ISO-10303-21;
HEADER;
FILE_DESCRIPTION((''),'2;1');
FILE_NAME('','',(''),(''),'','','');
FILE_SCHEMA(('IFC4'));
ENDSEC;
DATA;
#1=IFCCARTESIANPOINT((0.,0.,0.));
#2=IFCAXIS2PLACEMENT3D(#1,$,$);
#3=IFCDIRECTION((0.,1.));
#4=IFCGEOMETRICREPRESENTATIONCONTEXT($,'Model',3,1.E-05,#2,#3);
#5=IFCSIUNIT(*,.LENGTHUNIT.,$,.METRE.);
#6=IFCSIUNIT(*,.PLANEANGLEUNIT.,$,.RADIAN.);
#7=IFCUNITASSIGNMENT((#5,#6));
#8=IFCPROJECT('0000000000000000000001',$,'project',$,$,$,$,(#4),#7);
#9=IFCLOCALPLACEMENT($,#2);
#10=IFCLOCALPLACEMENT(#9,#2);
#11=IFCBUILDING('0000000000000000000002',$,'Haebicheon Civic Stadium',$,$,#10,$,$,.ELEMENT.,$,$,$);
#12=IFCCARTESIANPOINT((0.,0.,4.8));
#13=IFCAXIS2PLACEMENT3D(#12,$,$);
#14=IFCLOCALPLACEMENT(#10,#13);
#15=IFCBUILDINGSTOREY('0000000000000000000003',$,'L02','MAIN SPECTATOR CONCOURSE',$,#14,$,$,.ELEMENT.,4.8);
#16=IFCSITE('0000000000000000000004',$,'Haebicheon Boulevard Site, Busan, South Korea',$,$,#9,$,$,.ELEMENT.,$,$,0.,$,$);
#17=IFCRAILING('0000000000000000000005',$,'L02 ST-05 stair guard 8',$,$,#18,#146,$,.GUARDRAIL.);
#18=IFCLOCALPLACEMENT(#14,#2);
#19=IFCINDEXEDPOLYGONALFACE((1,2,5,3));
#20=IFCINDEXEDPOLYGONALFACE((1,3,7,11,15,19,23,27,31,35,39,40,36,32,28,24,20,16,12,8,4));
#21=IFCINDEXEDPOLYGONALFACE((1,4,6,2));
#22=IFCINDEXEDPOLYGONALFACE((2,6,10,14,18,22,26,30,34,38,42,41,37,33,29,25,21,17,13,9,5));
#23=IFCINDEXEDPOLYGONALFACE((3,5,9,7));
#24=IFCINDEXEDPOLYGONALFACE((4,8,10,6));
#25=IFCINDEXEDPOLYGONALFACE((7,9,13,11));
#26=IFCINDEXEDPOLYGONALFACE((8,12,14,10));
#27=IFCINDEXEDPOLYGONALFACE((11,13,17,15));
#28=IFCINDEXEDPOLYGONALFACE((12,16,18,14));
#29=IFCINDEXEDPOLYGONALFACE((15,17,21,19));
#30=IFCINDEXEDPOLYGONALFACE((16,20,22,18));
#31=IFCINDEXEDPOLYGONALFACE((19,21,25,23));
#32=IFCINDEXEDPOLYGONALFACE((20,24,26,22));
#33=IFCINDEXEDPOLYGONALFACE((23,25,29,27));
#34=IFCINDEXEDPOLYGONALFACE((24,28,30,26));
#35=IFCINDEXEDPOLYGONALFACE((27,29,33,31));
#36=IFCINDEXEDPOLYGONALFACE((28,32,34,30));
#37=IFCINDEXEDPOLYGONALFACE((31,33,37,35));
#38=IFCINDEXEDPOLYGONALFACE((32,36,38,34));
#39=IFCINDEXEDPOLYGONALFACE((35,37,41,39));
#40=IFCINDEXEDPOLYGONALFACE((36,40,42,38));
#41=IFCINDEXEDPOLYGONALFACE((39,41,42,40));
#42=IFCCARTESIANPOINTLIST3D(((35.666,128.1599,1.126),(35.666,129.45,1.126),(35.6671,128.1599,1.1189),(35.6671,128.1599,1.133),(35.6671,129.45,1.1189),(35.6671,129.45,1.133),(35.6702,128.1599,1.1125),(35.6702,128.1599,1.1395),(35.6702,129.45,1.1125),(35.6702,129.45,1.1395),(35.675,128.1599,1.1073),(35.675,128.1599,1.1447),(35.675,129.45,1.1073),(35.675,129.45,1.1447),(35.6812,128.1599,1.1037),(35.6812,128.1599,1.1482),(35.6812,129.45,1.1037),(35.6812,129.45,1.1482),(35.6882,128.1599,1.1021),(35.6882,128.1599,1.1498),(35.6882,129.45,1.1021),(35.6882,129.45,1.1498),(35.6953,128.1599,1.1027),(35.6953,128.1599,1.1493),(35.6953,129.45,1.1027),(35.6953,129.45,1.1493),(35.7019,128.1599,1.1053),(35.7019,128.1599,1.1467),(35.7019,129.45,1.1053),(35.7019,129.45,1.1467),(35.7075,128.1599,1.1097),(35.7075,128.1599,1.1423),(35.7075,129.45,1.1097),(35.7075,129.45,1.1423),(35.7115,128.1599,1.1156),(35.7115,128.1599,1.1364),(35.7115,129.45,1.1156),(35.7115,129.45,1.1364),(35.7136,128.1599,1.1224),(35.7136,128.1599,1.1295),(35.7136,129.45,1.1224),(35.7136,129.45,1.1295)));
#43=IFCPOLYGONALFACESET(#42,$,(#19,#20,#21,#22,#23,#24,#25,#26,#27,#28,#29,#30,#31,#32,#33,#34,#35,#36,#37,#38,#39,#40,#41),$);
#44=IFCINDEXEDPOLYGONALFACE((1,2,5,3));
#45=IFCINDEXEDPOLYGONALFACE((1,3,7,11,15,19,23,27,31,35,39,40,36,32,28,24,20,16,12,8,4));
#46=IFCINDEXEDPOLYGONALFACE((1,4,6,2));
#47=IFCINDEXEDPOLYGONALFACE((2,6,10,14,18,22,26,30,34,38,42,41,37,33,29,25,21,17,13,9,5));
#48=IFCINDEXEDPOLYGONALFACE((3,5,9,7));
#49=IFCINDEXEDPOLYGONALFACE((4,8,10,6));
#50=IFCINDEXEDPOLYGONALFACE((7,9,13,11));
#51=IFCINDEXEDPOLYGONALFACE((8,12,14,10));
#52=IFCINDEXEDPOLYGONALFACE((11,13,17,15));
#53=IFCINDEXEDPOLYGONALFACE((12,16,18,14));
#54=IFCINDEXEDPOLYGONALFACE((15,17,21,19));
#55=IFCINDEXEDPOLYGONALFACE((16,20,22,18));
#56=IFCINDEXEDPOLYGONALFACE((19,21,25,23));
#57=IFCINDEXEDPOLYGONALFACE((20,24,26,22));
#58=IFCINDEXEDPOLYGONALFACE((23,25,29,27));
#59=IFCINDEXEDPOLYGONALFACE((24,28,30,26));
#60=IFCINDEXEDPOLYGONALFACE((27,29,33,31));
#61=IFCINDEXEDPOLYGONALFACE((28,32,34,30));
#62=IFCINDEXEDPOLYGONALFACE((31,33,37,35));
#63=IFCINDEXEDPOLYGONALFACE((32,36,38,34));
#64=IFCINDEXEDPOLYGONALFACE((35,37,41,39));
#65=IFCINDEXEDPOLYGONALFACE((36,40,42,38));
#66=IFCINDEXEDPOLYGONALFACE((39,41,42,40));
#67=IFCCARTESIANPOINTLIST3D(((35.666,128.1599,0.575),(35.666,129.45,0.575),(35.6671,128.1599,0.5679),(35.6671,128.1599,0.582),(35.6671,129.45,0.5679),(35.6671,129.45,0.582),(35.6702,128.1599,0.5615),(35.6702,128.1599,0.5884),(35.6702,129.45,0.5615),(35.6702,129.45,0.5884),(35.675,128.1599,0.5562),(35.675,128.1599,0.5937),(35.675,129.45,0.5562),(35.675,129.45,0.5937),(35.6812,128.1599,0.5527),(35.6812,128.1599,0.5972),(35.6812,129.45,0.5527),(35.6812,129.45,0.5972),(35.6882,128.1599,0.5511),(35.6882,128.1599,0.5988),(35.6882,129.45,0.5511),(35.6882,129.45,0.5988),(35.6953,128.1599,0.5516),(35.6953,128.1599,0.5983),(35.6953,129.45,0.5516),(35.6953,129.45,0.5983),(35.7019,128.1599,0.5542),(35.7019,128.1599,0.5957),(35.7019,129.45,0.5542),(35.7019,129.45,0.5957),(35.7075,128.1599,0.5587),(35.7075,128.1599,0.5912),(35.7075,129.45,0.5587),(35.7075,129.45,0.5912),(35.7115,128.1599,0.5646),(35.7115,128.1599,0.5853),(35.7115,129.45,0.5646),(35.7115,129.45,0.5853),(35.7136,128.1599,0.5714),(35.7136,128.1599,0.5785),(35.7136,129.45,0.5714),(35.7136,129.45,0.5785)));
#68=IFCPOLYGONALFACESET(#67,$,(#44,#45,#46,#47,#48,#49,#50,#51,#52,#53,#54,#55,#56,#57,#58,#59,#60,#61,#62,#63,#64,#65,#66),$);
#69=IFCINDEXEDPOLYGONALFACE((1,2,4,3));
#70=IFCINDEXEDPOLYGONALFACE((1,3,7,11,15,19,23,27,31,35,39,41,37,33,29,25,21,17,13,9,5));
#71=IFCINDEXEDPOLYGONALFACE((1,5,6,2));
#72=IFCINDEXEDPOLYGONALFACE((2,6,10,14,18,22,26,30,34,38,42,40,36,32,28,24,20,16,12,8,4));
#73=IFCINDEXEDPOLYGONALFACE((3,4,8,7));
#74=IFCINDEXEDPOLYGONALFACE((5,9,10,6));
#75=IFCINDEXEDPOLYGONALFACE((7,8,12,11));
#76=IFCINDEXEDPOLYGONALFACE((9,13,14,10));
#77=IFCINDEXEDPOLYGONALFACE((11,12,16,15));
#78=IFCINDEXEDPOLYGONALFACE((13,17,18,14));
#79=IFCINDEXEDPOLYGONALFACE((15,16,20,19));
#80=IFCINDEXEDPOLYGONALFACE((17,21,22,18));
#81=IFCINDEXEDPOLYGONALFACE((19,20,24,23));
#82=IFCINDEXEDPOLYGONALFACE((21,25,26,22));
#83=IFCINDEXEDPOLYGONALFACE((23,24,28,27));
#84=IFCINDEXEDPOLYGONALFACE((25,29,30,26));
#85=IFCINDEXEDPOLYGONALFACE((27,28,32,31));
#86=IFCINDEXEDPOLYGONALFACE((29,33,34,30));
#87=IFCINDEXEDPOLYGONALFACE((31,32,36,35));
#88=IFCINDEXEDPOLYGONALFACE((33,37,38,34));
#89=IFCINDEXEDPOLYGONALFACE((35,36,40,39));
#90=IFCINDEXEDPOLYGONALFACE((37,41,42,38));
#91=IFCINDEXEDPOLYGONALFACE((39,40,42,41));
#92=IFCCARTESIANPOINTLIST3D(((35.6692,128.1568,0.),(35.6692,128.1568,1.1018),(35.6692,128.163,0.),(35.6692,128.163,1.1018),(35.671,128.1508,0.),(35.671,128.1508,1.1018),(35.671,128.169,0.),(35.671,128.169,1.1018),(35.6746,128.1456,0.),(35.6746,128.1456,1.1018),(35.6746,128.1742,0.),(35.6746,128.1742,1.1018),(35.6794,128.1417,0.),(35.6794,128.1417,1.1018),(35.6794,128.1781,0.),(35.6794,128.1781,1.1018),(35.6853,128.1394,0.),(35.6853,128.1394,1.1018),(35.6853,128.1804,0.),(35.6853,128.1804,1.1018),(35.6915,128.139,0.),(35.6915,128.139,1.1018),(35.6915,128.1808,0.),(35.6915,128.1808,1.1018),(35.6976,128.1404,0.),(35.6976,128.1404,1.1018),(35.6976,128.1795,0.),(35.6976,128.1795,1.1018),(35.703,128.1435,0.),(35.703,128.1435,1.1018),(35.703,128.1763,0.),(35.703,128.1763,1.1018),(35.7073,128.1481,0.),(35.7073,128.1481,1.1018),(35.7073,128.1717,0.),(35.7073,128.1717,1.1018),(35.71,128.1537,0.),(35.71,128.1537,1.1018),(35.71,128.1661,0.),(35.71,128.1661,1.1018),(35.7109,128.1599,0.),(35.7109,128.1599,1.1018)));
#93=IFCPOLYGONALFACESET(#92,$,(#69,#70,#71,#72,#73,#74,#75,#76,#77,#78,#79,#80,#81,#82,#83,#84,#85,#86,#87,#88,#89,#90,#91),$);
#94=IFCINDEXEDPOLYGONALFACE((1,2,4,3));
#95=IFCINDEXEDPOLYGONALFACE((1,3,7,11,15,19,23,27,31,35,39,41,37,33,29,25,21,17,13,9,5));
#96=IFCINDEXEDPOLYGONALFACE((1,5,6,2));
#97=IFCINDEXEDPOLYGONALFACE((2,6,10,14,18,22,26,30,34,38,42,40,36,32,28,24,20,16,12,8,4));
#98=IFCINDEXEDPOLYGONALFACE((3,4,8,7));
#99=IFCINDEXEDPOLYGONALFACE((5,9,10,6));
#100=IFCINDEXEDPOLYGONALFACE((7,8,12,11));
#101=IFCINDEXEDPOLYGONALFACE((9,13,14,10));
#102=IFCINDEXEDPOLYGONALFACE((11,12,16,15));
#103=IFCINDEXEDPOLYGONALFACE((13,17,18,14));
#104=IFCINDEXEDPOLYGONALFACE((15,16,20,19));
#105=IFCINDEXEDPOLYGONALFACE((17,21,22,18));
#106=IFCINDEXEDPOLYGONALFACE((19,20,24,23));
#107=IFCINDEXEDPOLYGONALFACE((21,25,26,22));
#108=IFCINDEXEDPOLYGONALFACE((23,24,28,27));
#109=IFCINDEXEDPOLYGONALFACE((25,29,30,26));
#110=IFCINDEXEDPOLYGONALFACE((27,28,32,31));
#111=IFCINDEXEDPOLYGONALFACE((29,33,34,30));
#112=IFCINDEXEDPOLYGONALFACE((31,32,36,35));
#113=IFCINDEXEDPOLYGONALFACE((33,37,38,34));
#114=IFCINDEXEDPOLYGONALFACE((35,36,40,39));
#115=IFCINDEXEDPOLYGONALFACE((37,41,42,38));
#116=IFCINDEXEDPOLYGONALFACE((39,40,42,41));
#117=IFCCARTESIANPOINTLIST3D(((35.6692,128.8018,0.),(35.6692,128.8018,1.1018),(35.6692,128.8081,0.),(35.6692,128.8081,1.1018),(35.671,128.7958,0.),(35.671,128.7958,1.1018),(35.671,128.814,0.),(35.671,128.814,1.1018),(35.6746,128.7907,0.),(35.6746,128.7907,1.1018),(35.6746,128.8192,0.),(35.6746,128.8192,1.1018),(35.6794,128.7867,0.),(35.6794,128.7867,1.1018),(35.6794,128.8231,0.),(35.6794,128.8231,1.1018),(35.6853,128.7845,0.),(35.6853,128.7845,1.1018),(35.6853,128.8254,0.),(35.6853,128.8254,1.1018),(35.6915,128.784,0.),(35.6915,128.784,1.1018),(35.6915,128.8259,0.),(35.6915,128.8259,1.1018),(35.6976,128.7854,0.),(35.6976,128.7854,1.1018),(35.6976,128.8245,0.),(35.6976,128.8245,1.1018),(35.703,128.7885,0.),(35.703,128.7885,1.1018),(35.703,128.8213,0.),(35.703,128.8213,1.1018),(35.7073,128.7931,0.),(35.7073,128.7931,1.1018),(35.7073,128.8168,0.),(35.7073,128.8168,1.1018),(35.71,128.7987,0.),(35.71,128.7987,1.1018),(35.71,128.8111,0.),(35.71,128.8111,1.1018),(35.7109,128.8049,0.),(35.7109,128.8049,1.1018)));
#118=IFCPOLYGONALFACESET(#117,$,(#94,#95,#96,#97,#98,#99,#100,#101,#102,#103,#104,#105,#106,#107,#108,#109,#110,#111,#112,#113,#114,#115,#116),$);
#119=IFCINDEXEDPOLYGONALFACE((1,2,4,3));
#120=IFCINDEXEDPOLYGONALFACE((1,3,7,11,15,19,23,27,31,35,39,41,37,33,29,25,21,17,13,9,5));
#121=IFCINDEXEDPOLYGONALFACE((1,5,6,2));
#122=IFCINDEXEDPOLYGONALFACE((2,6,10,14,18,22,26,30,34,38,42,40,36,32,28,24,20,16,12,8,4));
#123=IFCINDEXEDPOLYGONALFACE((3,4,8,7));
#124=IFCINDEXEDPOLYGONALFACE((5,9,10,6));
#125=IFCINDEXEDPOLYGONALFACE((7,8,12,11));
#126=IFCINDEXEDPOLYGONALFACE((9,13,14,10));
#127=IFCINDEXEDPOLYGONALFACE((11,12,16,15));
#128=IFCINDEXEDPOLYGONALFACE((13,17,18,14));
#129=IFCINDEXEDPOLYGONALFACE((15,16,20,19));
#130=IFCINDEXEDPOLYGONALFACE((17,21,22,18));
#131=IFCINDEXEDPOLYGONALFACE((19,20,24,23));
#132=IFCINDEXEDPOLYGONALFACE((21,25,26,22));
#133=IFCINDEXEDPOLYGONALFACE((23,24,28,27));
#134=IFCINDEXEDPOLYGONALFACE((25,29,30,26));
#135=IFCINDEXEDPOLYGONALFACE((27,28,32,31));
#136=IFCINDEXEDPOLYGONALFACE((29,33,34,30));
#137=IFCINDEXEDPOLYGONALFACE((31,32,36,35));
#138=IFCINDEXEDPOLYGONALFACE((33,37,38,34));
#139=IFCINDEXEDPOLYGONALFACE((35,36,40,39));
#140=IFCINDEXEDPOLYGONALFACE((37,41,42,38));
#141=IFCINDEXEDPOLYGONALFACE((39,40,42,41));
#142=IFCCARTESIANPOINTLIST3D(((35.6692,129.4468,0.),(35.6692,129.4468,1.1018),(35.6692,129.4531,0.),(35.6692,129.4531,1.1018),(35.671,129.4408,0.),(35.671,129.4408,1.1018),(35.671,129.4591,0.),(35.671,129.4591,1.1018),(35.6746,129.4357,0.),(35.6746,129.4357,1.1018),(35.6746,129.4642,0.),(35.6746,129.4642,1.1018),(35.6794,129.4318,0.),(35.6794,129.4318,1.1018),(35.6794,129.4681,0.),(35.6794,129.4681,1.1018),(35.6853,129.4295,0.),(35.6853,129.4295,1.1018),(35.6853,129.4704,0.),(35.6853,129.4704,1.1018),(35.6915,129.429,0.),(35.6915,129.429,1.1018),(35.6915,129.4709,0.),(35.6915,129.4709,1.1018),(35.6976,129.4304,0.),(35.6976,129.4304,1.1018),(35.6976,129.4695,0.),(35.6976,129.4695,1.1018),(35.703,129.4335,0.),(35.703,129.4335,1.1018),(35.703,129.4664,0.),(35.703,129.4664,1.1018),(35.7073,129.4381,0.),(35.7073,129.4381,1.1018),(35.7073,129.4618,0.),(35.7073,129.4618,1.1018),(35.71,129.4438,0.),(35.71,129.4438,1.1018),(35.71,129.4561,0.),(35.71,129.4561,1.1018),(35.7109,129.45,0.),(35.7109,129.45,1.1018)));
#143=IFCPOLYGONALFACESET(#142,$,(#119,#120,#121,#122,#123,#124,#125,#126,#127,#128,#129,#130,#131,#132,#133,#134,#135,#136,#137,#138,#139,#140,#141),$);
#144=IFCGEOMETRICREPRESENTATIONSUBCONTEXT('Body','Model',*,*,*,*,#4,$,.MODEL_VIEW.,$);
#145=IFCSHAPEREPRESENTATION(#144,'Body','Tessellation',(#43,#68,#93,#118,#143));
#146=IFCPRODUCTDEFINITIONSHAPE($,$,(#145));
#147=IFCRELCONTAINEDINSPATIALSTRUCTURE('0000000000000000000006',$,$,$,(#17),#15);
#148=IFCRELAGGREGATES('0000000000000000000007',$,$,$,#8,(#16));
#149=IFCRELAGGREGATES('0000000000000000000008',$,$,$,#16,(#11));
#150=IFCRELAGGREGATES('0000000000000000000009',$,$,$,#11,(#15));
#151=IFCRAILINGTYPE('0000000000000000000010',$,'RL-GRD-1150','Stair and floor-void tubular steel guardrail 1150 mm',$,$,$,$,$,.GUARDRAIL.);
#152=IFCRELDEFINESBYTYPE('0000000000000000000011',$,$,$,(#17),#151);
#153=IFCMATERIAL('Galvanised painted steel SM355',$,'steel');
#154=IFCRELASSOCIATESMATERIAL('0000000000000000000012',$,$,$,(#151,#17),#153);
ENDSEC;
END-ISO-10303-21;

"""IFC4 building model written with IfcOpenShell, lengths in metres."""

from ifc_helpers import new_model, si_unit, direction, frame, origin, origin_2d, place, context, subcontext, project, spatial, circle, extrude, material, type_object, element, save


model = new_model("IFC4")

# Units and contexts
model_context = context("Model", 3, precision=1e-05, world=origin(), true_north=direction((0.0, 1.0)))
body_context = subcontext(model_context, "Body", "Model", "MODEL_VIEW")
ifc_project = project(units=[si_unit("LENGTHUNIT", "METRE"), si_unit("PLANEANGLEUNIT", "RADIAN")], contexts=[model_context])

# Site, building, storey
site_placement = place(None, origin())
site = spatial("IfcSite", under=ifc_project, at=site_placement, Name="Haebicheon Boulevard Site, Busan, South Korea", CompositionType="ELEMENT", RefElevation=0.0)
building_placement = place(site_placement, origin())
building = spatial("IfcBuilding", under=site, at=building_placement, Name="Haebicheon Civic Stadium", CompositionType="ELEMENT")
storey_placement = place(building_placement, frame((0.0, 0.0, 4.8)))
storey = spatial("IfcBuildingStorey", under=building, at=storey_placement, Name="L02", Description="MAIN SPECTATOR CONCOURSE", CompositionType="ELEMENT", Elevation=4.8)

# Railing
ifc_material_1 = material(Name="Galvanised painted steel SM355", Category="steel")
railing_type = type_object("IfcRailingType", Name="RL-GRD-1150", Description="Stair and floor-void tubular steel guardrail 1150 mm", PredefinedType="GUARDRAIL", material=ifc_material_1)
for number, where, name in (
    (1, (35.6899, 128.1599, 0.0), "L02 ST-05 stair guard 8"),
):
    element("IfcRailing", number, at=place(storey_placement, frame(where)), inside=storey, type_object=railing_type, material=ifc_material_1, Name=name, PredefinedType="GUARDRAIL", context=body_context, shape_type="SweptSolid", body=[
        extrude(circle(Radius=0.0239, at=origin_2d()), frame((0.0, 0.0, 1.126), z_axis=(0.0, 1.0, 0.0), x_axis=(-1.0, 0.0, 0.0)), (0.0, 0.0, 1.0), 1.29),
        extrude(circle(Radius=0.0239, at=origin_2d()), frame((0.0, 0.0, 0.575), z_axis=(0.0, 1.0, 0.0), x_axis=(-1.0, 0.0, 0.0)), (0.0, 0.0, 1.0), 1.29),
        extrude(circle(Radius=0.021, at=origin_2d()), origin(), (0.0, 0.0, 1.0), 1.1018),
        extrude(circle(Radius=0.021, at=origin_2d()), frame((0.0, 0.645, 0.0)), (0.0, 0.0, 1.0), 1.1018),
        extrude(circle(Radius=0.021, at=origin_2d()), frame((0.0, 1.29, 0.0)), (0.0, 0.0, 1.0), 1.1018),
    ])

save(model, "model.ifc")
